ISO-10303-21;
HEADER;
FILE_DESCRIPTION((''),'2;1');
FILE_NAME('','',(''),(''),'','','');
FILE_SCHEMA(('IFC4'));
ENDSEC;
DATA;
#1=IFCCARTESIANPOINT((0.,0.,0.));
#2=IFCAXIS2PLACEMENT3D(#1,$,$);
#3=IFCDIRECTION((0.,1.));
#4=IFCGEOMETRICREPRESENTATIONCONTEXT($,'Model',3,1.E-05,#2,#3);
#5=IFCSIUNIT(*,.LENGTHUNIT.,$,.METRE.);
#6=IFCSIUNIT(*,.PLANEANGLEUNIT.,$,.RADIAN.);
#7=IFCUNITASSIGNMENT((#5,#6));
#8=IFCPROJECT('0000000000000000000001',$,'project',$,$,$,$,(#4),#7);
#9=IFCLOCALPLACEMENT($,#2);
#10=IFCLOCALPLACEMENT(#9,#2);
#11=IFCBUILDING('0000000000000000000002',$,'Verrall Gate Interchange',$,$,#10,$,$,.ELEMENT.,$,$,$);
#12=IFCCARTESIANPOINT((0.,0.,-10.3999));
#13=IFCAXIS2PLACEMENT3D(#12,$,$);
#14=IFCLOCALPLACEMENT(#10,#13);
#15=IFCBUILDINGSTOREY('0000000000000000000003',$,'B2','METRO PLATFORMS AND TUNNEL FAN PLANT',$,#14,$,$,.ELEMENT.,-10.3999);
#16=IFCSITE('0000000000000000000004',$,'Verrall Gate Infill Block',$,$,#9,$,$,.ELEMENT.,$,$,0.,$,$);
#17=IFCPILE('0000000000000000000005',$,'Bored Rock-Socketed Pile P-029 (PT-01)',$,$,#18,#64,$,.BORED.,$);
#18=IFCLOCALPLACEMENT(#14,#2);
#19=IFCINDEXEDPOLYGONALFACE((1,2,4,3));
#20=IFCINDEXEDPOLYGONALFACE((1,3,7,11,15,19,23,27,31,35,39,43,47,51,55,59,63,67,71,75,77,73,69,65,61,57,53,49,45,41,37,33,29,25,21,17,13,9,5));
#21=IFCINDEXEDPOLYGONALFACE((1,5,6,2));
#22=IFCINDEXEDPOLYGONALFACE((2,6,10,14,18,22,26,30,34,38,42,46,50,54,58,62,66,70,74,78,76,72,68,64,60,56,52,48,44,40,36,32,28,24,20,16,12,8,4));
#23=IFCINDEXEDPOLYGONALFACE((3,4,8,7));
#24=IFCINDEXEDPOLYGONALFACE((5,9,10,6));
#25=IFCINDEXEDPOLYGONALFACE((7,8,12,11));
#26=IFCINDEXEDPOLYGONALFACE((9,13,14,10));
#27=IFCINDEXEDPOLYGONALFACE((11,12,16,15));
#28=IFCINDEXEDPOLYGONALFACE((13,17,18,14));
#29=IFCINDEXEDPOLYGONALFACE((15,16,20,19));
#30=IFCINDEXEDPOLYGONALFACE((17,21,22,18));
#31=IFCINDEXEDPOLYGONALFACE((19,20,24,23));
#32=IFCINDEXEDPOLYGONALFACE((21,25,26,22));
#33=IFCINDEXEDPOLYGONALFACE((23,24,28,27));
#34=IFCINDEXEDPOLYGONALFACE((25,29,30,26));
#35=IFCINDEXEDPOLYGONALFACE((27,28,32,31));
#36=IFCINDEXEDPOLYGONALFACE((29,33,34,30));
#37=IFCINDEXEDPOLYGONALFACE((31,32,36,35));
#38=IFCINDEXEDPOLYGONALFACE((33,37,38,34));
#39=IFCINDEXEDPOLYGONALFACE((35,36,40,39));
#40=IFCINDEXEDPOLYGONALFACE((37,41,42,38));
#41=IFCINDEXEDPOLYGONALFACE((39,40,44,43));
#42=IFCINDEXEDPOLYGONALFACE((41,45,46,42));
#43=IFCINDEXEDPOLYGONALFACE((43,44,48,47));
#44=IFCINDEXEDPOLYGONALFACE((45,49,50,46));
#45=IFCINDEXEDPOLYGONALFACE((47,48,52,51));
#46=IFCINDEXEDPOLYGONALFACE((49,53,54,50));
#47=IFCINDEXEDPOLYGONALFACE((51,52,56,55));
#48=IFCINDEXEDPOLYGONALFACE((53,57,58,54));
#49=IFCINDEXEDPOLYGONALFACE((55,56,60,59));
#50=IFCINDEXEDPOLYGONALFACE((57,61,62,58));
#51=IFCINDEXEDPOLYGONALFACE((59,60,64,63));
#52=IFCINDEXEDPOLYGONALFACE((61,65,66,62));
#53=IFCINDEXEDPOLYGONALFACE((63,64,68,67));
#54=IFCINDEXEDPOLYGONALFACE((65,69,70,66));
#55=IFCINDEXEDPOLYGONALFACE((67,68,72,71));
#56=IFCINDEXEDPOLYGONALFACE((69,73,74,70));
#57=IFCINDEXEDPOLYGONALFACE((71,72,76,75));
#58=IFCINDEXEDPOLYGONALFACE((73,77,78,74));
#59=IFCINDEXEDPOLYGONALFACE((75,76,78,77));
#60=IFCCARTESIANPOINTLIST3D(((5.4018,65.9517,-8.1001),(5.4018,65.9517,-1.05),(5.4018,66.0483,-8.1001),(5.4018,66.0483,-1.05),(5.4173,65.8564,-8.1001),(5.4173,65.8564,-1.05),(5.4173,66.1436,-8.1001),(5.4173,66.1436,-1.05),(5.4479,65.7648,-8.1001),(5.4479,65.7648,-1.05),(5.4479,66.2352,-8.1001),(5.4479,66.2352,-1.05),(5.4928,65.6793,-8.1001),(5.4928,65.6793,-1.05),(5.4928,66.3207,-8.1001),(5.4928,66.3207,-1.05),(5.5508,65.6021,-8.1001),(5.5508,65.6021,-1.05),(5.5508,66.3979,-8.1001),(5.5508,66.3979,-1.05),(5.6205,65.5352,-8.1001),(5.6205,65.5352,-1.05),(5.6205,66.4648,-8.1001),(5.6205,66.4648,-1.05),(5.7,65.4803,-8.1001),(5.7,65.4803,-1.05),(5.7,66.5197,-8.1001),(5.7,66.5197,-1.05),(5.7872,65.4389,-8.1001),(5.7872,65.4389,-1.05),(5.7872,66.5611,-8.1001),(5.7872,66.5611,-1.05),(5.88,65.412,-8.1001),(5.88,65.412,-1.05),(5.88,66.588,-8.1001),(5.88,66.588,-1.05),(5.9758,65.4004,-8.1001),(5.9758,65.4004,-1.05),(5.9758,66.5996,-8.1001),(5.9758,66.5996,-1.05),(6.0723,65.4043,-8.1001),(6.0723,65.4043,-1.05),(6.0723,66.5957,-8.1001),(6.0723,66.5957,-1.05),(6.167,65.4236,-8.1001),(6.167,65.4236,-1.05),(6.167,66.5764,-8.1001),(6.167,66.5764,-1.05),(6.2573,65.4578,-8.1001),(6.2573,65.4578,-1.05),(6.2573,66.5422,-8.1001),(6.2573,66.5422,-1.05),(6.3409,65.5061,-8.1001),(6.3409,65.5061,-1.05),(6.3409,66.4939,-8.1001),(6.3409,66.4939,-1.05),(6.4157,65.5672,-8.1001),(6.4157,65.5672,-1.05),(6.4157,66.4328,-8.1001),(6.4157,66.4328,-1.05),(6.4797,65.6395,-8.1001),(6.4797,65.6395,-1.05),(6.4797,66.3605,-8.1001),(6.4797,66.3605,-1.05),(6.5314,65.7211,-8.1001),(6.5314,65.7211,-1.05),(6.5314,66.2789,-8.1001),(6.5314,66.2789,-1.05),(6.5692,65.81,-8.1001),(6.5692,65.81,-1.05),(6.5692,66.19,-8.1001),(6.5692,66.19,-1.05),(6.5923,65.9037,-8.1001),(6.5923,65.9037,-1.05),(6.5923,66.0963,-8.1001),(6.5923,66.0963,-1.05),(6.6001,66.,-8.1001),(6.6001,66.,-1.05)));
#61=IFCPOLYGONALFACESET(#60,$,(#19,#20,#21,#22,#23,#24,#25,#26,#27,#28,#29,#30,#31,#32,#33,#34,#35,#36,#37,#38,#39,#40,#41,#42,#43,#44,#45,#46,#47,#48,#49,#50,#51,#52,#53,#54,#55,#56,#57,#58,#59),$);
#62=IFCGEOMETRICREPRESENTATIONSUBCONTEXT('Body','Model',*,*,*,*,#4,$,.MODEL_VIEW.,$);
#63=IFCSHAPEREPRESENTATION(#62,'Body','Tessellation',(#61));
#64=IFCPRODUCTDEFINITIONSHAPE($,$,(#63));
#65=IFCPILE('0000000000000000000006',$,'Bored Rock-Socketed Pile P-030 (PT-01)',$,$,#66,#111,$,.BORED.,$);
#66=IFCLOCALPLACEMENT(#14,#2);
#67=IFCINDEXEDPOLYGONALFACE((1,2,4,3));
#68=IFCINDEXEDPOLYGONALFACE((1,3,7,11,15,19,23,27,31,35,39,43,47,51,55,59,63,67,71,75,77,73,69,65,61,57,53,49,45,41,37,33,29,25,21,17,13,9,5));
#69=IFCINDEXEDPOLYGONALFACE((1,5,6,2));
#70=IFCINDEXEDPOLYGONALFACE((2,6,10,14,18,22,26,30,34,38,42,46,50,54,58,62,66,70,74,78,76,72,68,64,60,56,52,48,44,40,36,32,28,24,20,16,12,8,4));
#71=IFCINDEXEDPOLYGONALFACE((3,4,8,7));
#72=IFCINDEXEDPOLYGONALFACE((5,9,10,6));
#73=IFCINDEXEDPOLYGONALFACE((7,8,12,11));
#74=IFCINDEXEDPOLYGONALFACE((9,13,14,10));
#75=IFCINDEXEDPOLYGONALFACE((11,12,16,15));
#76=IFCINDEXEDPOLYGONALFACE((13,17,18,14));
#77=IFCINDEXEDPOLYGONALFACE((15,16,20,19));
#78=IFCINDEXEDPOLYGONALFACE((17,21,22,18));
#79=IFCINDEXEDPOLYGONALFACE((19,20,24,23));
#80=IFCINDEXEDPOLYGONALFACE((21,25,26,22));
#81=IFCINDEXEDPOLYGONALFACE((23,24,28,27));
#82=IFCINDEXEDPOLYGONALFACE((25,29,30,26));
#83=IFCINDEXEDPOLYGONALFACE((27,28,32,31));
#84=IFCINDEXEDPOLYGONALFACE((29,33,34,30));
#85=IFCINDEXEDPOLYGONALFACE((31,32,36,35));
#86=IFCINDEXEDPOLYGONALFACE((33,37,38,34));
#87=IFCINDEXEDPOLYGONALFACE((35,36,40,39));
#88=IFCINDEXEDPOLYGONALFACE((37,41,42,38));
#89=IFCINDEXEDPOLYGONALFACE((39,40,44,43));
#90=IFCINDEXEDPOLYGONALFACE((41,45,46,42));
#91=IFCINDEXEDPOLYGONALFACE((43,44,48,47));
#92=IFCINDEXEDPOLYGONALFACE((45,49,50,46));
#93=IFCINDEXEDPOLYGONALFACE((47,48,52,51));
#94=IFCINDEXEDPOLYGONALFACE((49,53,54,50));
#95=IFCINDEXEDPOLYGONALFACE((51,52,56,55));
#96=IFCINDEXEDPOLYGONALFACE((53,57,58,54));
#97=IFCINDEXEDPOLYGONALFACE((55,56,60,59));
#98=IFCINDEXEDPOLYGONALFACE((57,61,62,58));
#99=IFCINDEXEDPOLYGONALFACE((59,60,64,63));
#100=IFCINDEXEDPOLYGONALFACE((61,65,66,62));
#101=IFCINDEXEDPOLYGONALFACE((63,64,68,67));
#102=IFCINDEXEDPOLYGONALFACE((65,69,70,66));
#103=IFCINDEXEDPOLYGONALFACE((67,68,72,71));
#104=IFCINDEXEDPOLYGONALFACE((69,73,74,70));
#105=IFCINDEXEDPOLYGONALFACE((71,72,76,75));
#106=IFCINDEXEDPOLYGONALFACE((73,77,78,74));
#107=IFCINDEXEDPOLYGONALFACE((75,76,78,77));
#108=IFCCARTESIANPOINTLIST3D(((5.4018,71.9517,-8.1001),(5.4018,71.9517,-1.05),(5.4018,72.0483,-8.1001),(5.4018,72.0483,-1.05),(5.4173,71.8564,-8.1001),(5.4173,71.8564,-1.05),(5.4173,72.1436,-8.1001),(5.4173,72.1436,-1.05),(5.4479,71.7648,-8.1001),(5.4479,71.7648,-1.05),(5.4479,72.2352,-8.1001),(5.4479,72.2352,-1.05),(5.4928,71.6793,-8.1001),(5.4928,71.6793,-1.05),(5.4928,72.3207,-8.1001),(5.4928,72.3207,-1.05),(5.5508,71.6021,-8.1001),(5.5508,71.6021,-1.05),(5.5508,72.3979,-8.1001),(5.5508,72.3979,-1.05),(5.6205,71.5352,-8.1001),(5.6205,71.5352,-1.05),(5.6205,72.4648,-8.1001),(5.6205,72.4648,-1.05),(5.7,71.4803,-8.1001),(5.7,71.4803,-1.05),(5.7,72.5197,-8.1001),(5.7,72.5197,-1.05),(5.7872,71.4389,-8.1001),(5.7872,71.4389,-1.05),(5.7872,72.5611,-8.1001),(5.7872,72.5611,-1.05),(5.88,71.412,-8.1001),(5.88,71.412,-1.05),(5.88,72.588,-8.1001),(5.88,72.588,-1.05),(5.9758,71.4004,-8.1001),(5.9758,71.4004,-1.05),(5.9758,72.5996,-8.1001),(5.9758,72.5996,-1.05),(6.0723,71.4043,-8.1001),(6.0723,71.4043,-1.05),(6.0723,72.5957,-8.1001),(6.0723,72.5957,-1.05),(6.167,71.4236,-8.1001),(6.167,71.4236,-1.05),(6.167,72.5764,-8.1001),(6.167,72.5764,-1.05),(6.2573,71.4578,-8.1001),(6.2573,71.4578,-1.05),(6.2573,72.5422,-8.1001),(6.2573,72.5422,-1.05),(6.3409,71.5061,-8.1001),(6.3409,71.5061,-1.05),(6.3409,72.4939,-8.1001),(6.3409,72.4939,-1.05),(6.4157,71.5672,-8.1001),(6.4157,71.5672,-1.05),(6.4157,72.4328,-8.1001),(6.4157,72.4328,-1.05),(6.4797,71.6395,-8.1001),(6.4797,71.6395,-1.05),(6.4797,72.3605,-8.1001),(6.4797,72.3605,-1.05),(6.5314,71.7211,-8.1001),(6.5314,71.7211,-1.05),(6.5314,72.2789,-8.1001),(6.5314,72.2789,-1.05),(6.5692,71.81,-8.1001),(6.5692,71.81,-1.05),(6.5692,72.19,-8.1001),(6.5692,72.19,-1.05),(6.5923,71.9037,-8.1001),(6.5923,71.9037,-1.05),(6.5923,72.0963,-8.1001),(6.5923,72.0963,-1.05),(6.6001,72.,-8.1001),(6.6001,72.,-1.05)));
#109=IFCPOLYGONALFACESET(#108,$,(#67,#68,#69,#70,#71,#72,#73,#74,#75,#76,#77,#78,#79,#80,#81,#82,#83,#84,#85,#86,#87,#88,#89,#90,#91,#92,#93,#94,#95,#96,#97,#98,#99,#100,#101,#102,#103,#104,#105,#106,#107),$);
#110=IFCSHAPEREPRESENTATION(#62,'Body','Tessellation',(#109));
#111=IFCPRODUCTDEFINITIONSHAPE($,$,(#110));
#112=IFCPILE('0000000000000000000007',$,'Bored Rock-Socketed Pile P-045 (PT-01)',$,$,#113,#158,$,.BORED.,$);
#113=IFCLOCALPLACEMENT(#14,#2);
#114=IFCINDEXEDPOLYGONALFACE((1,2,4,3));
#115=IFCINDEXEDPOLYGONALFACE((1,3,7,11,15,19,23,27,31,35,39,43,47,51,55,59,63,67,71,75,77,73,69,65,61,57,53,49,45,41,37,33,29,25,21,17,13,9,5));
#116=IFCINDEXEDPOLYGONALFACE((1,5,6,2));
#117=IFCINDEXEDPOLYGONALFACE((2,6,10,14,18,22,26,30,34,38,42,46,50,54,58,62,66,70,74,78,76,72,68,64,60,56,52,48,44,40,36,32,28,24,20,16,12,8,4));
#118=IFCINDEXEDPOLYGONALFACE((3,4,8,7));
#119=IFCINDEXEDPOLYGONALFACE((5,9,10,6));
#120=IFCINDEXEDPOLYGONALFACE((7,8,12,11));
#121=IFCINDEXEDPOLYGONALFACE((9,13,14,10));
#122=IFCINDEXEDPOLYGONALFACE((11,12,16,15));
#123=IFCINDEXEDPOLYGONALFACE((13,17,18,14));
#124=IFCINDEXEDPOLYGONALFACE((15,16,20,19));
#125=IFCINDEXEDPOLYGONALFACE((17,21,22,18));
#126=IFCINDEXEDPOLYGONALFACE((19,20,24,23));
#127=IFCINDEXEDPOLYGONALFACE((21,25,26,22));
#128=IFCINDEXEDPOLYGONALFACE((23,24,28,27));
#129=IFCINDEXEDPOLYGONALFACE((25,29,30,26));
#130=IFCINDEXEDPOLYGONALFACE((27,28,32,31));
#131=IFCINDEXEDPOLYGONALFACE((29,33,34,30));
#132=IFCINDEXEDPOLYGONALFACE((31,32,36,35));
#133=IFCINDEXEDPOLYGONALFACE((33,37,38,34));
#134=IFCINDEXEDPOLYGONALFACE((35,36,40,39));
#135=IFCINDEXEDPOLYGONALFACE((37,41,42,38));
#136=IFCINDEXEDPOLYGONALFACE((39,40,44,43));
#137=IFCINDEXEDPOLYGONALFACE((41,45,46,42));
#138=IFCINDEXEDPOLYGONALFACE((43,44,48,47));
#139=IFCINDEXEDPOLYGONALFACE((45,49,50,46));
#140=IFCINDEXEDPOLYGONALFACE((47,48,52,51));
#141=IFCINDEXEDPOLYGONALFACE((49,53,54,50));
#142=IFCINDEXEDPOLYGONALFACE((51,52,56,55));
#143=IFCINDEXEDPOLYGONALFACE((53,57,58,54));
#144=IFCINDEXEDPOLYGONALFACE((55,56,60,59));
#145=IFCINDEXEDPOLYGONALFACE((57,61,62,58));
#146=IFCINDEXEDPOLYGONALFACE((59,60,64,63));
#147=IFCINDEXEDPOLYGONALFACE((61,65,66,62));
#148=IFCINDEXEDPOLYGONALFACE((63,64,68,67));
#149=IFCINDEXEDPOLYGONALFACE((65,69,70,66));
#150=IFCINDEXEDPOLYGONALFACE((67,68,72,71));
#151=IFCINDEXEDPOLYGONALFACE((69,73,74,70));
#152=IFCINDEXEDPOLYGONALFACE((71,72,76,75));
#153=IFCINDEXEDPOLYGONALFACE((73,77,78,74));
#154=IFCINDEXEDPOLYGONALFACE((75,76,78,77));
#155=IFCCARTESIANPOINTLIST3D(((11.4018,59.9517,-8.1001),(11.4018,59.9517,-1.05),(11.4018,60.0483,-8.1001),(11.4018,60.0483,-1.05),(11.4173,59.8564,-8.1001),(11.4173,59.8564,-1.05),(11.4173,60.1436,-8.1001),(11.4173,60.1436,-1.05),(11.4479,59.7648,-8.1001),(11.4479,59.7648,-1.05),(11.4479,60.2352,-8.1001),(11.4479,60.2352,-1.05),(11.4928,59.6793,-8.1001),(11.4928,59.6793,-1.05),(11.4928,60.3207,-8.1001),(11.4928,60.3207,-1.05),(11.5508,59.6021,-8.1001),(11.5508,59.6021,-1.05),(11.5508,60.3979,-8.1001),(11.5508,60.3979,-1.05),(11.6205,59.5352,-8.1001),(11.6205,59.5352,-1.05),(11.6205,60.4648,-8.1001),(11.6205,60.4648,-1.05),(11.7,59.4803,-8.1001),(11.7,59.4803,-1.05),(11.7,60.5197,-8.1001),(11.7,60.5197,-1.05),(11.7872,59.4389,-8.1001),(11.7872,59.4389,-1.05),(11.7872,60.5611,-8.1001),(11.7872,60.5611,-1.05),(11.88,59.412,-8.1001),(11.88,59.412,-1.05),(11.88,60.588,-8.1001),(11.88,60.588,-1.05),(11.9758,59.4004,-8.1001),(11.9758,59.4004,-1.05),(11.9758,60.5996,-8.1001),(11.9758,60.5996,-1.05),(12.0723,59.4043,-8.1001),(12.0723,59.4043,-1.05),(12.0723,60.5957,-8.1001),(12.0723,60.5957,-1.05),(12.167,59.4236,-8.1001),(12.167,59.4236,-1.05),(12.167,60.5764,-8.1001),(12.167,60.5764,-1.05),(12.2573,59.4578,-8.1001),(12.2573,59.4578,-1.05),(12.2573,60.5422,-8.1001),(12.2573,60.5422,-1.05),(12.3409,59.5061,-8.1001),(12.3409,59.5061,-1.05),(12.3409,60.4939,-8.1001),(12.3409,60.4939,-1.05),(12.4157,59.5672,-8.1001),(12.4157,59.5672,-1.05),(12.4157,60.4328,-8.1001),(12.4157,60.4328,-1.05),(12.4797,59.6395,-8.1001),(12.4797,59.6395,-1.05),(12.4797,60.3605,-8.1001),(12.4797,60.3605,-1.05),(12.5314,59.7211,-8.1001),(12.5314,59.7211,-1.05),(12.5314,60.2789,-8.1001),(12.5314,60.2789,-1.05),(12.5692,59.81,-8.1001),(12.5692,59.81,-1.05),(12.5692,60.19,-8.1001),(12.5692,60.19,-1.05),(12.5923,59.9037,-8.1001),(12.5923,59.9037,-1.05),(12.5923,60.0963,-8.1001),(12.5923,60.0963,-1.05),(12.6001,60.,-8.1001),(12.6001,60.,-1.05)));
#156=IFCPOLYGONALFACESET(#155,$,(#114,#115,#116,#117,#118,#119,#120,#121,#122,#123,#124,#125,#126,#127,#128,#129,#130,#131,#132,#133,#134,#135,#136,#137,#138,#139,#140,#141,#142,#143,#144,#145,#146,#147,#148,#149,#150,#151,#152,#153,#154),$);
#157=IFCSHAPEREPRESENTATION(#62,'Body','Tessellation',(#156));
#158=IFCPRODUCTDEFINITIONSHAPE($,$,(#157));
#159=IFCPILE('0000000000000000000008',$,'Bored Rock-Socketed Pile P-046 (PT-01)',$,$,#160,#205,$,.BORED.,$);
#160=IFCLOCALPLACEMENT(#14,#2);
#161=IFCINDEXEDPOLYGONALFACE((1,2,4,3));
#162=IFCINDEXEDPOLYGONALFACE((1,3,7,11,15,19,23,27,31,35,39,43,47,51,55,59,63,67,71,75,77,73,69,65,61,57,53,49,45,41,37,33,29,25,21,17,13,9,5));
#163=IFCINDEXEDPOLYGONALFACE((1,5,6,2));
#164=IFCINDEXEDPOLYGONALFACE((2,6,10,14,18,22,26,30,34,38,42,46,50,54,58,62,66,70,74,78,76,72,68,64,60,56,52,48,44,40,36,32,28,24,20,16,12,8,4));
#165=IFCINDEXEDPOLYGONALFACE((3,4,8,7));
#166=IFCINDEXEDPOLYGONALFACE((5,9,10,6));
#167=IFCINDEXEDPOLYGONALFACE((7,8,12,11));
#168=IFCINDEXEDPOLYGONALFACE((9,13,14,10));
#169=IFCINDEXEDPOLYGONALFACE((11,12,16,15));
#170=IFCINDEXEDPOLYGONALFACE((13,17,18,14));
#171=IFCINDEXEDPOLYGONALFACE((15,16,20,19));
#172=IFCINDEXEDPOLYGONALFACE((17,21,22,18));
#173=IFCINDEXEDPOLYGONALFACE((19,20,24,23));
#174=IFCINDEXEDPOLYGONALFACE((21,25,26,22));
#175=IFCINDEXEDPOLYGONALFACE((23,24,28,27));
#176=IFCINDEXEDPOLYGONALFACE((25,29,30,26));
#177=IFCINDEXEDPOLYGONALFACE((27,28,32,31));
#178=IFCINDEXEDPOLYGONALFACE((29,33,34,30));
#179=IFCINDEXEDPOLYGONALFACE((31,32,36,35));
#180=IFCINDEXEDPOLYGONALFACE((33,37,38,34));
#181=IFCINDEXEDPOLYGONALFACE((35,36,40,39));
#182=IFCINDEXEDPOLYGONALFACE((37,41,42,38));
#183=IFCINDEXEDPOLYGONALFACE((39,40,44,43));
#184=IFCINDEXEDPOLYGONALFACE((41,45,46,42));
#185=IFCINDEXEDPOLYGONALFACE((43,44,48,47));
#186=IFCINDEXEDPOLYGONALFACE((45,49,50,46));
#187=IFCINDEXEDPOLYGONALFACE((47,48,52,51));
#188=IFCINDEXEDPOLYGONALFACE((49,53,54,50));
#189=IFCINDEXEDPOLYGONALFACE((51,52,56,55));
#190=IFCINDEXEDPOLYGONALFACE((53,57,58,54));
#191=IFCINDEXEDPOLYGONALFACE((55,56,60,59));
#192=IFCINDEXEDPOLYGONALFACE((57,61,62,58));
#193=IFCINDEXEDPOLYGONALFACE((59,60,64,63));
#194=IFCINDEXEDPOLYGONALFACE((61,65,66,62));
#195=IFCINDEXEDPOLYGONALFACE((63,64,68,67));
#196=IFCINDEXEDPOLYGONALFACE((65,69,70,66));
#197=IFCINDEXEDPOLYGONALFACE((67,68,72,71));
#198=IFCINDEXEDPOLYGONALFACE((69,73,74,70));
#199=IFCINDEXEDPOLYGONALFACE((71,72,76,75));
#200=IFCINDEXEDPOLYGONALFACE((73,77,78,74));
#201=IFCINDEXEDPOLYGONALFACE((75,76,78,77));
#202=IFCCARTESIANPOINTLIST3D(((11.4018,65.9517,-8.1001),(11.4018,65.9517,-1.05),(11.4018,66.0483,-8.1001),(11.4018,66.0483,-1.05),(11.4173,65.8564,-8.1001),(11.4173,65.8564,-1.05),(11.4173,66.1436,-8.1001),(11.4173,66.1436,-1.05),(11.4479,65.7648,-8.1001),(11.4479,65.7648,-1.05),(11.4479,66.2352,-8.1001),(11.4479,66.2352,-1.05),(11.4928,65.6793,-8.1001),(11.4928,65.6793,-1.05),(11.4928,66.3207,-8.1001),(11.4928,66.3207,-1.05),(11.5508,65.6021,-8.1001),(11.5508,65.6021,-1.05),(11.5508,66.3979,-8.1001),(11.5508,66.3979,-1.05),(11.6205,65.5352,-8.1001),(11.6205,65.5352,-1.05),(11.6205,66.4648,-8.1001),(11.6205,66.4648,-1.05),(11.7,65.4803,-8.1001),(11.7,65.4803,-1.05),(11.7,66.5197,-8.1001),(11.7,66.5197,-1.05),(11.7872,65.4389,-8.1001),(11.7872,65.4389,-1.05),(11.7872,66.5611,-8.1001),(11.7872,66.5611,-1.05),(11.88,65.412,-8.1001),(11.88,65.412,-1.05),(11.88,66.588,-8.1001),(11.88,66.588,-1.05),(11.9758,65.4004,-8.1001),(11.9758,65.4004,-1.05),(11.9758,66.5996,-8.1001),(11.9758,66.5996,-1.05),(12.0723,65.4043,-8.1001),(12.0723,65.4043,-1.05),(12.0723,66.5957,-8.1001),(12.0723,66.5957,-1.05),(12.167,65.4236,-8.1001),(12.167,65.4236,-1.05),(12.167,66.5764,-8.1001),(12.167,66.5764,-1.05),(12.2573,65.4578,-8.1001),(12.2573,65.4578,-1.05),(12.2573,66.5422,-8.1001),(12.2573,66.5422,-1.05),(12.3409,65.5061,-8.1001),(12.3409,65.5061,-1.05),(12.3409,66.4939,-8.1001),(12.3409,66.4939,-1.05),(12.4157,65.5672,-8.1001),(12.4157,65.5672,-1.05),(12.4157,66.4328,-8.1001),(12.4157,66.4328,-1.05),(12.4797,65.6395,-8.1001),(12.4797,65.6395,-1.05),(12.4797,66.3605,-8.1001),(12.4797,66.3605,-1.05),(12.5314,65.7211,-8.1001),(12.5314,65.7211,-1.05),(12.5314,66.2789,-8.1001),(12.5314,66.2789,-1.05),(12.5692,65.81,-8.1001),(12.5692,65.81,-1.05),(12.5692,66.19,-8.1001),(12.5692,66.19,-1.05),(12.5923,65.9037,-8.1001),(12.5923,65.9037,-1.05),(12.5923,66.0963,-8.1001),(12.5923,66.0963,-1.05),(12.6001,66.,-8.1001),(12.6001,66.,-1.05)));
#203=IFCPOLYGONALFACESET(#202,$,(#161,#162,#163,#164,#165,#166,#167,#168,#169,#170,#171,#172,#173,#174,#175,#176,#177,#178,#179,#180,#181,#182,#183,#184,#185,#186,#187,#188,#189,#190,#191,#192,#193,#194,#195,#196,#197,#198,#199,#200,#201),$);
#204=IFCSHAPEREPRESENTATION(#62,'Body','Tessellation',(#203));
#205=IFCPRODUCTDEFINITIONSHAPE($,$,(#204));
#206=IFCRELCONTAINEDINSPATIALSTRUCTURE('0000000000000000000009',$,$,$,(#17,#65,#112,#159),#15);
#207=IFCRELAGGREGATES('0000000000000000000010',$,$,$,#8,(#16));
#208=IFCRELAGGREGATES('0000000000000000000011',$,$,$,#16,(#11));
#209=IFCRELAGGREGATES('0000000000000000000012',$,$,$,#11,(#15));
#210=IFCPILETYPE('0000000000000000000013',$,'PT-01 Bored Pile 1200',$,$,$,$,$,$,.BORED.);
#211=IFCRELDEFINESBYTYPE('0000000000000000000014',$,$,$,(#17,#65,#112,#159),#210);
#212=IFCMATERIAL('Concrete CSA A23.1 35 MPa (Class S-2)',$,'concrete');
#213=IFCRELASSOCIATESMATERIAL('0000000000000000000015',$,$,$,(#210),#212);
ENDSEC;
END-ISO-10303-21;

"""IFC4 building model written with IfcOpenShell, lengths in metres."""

from ifc_helpers import new_model, si_unit, direction, frame, origin, origin_2d, place, context, subcontext, project, spatial, circle, extrude, material, material_profile, profile_set, type_object, element, save


model = new_model("IFC4")

# Units and contexts
model_context = context("Model", 3, precision=1e-05, world=origin(), true_north=direction((0.0, 1.0)))
body_context = subcontext(model_context, "Body", "Model", "MODEL_VIEW")
ifc_project = project(units=[si_unit("LENGTHUNIT", "METRE"), si_unit("PLANEANGLEUNIT", "RADIAN")], contexts=[model_context])

# Site, building, storey
site_placement = place(None, origin())
site = spatial("IfcSite", under=ifc_project, at=site_placement, Name="Verrall Gate Infill Block", CompositionType="ELEMENT", RefElevation=0.0)
building_placement = place(site_placement, origin())
building = spatial("IfcBuilding", under=site, at=building_placement, Name="Verrall Gate Interchange", CompositionType="ELEMENT")
storey_placement = place(building_placement, frame((0.0, 0.0, -10.3999)))
storey = spatial("IfcBuildingStorey", under=building, at=storey_placement, Name="B2", Description="METRO PLATFORMS AND TUNNEL FAN PLANT", CompositionType="ELEMENT", Elevation=-10.3999)

# Piles
ifc_material_1 = material(Name="Concrete CSA A23.1 35 MPa (Class S-2)", Category="concrete")
ifc_material_profile_1 = material_profile(ifc_material_1, circle(Radius=0.6001, at=origin_2d()), Name="PILE1200D")
ifc_profile_set_1 = profile_set([ifc_material_profile_1], Name="Concrete CSA A23.1 35 MPa (Class S-2)")
pile_type = type_object("IfcPileType", Name="PT-01 Bored Pile 1200", PredefinedType="BORED", material=ifc_profile_set_1)
for number, where, z_axis, x_axis, name in (
    (1, (6.0, 66.0, -1.05), (0.0, 0.0, -1.0), (1.0, 0.0, 0.0), "Bored Rock-Socketed Pile P-029 (PT-01)"),
    (2, (6.0, 72.0, -1.05), (0.0, 0.0, -1.0), (1.0, 0.0, 0.0), "Bored Rock-Socketed Pile P-030 (PT-01)"),
    (3, (12.0, 60.0, -1.05), (0.0, 0.0, -1.0), (1.0, 0.0, 0.0), "Bored Rock-Socketed Pile P-045 (PT-01)"),
    (4, (12.0, 66.0, -1.05), (0.0, 0.0, -1.0), (1.0, 0.0, 0.0), "Bored Rock-Socketed Pile P-046 (PT-01)"),
):
    element("IfcPile", number, at=place(storey_placement, frame(where, z_axis=z_axis, x_axis=x_axis)), inside=storey, type_object=pile_type, Name=name, PredefinedType="BORED", context=body_context, shape_type="SweptSolid", body=[
        extrude(circle(Radius=0.6001, at=origin_2d()), origin(), (0.0, 0.0, 1.0), 7.05),
    ])

save(model, "model.ifc")
